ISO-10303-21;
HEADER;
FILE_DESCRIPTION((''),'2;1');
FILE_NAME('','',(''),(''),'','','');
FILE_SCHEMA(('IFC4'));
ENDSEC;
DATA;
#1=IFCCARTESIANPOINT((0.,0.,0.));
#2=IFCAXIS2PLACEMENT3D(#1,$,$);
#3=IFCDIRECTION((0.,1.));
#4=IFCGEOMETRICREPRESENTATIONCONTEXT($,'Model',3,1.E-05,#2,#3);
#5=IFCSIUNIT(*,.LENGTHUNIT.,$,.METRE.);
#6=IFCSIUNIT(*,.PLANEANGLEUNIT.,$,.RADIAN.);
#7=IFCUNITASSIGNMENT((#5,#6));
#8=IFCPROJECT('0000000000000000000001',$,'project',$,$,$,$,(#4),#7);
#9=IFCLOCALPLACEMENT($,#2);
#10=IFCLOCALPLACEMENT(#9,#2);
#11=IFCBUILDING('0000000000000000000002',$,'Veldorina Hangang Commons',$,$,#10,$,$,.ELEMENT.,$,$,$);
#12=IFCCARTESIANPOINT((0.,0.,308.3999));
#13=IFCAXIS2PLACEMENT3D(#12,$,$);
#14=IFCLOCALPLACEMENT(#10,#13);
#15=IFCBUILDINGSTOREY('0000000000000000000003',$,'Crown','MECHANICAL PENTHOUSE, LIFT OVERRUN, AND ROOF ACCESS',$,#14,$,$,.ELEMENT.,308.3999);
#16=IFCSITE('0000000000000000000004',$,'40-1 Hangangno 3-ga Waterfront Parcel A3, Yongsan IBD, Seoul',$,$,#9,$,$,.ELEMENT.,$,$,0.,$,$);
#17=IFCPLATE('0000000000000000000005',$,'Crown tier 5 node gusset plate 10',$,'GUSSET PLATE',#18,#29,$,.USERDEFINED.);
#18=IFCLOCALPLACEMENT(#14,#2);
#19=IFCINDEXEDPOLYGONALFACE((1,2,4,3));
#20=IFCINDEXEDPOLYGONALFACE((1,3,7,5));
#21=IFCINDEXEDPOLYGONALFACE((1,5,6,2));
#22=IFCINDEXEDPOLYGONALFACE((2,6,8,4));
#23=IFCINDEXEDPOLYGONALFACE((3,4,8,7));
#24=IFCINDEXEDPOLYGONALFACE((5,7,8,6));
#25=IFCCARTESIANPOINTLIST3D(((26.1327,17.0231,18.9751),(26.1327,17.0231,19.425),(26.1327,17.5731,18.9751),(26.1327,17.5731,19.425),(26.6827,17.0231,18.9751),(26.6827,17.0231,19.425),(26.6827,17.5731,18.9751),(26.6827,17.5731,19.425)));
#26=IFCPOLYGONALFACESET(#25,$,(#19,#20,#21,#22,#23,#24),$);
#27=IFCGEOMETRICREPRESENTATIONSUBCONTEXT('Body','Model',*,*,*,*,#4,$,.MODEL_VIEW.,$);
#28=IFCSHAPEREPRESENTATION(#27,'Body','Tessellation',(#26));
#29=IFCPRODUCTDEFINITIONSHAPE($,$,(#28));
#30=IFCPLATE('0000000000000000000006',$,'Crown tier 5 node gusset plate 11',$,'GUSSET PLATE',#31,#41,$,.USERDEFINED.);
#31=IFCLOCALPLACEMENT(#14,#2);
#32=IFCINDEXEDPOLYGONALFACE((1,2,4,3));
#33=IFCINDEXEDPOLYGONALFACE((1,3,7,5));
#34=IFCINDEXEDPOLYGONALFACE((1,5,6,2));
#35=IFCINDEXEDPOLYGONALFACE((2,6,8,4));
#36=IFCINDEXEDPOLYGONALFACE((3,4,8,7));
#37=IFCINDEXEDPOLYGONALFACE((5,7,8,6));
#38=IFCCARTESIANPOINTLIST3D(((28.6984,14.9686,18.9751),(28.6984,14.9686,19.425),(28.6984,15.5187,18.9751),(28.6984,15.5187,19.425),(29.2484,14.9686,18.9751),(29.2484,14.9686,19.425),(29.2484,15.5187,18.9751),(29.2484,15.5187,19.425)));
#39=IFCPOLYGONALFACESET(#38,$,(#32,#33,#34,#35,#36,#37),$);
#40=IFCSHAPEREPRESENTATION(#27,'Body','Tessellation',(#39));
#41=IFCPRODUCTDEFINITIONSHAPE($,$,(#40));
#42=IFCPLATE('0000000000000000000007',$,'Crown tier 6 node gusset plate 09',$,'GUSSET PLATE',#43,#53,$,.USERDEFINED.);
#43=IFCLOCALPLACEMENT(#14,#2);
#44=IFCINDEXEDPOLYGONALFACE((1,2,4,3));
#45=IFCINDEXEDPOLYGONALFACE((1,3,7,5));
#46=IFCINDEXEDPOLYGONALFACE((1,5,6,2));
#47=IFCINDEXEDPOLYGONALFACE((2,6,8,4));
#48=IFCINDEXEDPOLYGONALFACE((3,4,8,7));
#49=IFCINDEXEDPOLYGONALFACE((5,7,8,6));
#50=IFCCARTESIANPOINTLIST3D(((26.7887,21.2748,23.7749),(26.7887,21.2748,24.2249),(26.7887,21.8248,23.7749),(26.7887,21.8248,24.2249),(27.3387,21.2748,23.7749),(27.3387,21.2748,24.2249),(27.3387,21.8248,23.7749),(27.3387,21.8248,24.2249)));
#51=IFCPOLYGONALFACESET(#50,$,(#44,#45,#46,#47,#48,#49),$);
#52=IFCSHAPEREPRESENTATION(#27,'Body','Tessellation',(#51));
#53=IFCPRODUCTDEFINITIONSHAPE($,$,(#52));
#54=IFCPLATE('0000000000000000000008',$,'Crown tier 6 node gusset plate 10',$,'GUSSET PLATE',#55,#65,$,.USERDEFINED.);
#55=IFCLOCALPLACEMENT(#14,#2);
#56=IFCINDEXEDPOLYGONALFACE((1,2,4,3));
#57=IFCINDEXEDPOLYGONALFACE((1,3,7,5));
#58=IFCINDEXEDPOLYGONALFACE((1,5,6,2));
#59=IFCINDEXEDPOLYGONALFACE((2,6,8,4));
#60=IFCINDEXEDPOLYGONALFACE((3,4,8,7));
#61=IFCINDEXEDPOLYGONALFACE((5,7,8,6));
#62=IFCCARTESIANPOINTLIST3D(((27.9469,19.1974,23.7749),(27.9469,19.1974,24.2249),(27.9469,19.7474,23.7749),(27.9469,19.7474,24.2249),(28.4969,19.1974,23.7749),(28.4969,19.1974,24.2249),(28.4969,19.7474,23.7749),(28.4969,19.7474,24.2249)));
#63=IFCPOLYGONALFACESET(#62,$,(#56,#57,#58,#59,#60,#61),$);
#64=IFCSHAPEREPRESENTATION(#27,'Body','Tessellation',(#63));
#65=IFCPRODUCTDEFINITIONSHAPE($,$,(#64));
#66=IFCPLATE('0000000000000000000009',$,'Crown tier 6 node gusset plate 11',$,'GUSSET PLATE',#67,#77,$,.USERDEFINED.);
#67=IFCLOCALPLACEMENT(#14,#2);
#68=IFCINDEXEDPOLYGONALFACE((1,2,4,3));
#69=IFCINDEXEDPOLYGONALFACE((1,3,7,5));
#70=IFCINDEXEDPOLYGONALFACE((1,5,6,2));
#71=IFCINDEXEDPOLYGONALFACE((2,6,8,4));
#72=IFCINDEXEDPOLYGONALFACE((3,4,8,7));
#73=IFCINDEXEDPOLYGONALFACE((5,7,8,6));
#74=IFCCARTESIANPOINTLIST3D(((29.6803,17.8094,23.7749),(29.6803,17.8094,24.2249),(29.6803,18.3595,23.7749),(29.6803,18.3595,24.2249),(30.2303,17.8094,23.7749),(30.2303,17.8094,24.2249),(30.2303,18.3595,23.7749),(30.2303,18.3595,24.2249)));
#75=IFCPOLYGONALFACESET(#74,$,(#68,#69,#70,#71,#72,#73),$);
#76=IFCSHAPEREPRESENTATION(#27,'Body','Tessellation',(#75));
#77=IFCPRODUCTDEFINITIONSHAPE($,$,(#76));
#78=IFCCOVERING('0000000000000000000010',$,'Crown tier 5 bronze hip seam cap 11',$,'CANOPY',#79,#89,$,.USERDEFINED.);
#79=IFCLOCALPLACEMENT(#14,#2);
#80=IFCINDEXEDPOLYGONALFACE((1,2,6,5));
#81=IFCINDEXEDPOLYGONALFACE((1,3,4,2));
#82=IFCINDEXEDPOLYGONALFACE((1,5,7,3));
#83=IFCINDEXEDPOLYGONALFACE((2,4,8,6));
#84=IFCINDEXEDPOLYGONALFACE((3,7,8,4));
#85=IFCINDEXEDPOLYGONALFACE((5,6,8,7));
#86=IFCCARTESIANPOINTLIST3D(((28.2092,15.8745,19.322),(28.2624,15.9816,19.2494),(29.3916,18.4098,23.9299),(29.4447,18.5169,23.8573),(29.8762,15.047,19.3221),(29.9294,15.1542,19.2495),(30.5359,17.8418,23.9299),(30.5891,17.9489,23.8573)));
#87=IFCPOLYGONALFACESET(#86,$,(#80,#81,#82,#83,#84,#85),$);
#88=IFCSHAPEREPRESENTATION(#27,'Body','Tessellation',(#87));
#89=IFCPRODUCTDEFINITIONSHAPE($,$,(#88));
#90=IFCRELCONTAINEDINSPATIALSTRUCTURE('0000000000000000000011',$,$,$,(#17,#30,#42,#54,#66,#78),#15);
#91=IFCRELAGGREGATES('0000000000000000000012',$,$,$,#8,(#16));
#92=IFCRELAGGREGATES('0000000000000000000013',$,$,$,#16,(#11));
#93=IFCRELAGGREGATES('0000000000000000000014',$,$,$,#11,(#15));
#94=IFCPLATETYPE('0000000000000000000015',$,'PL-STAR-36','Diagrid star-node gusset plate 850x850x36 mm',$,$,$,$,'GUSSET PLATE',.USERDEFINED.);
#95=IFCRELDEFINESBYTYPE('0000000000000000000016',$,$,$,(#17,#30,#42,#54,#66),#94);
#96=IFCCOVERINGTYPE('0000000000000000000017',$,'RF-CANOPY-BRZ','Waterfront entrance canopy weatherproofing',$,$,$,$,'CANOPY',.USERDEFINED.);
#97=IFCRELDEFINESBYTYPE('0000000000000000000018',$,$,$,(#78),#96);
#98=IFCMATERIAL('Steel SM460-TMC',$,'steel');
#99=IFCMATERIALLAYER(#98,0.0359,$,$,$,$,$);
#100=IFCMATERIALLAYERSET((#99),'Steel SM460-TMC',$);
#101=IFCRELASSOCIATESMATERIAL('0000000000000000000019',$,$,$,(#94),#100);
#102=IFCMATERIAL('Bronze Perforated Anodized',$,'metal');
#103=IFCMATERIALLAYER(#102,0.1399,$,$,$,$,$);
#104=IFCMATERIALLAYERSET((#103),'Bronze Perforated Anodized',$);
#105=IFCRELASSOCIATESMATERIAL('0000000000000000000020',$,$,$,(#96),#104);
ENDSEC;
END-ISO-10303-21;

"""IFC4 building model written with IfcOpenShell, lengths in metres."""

from ifc_helpers import new_model, si_unit, direction, frame, origin, origin_2d, place, context, subcontext, project, spatial, polyline, rectangle, outline, extrude, material, layer, layer_set, type_object, element, save


model = new_model("IFC4")

# Units and contexts
model_context = context("Model", 3, precision=1e-05, world=origin(), true_north=direction((0.0, 1.0)))
body_context = subcontext(model_context, "Body", "Model", "MODEL_VIEW")
ifc_project = project(units=[si_unit("LENGTHUNIT", "METRE"), si_unit("PLANEANGLEUNIT", "RADIAN")], contexts=[model_context])

# Site, building, storey
site_placement = place(None, origin())
site = spatial("IfcSite", under=ifc_project, at=site_placement, Name="40-1 Hangangno 3-ga Waterfront Parcel A3, Yongsan IBD, Seoul", CompositionType="ELEMENT", RefElevation=0.0)
building_placement = place(site_placement, origin())
building = spatial("IfcBuilding", under=site, at=building_placement, Name="Veldorina Hangang Commons", CompositionType="ELEMENT")
storey_placement = place(building_placement, frame((0.0, 0.0, 308.3999)))
storey = spatial("IfcBuildingStorey", under=building, at=storey_placement, Name="Crown", Description="MECHANICAL PENTHOUSE, LIFT OVERRUN, AND ROOF ACCESS", CompositionType="ELEMENT", Elevation=308.3999)

# Shared definitions
ifc_material_1 = material(Name="Steel SM460-TMC", Category="steel")

# Plates
ifc_layer_1 = layer(ifc_material_1, 0.0359)
ifc_layer_set_1 = layer_set([ifc_layer_1], Name="Steel SM460-TMC")
plate_type_1 = type_object("IfcPlateType", Name="PL-STAR-36", Description="Diagrid star-node gusset plate 850x850x36 mm", ElementType="GUSSET PLATE", PredefinedType="USERDEFINED", material=ifc_layer_set_1)
for number, where, z_axis, x_axis, name in (
    (1, (26.4077, 17.2981, 18.9751), (0.0, 0.0, 1.0), (1.0, 0.0, 0.0), "Crown tier 5 node gusset plate 10"),
    (2, (28.9734, 15.2437, 18.9751), (0.0, 0.0, 1.0), (1.0, 0.0, 0.0), "Crown tier 5 node gusset plate 11"),
    (3, (27.0637, 21.5498, 23.7749), (0.0, 0.0, 1.0), (1.0, 0.0, 0.0), "Crown tier 6 node gusset plate 09"),
    (4, (28.2219, 19.4724, 23.7749), (0.0, 0.0, 1.0), (1.0, 0.0, 0.0), "Crown tier 6 node gusset plate 10"),
    (5, (29.9553, 18.0845, 23.7749), (0.0, 0.0, 1.0), (1.0, 0.0, 0.0), "Crown tier 6 node gusset plate 11"),
):
    element("IfcPlate", number, at=place(storey_placement, frame(where, z_axis=z_axis, x_axis=x_axis)), inside=storey, type_object=plate_type_1, Name=name, ObjectType="GUSSET PLATE", PredefinedType="USERDEFINED", context=body_context, shape_type="SweptSolid", body=[
        extrude(rectangle(XDim=0.55, YDim=0.55, at=origin_2d()), origin(), (0.0, 0.0, 1.0), 0.45),
    ])

# Covering
ifc_material_2 = material(Name="Bronze Perforated Anodized", Category="metal")
ifc_layer_2 = layer(ifc_material_2, 0.1399)
ifc_layer_set_2 = layer_set([ifc_layer_2], Name="Bronze Perforated Anodized")
covering_type = type_object("IfcCoveringType", Name="RF-CANOPY-BRZ", Description="Waterfront entrance canopy weatherproofing", ElementType="CANOPY", PredefinedType="USERDEFINED", material=ifc_layer_set_2)
covering_placement = place(storey_placement, frame((28.2092, 15.8745, 19.322), z_axis=(-0.380101, -0.765722, 0.518838), x_axis=(0.89572, -0.444618, 0.00002)))
element("IfcCovering", 6, at=covering_placement, inside=storey, type_object=covering_type, Name="Crown tier 5 bronze hip seam cap 11", ObjectType="CANOPY", PredefinedType="USERDEFINED", context=body_context, shape_type="SweptSolid", body=[
    extrude(outline(polyline([(0.0, 0.0), (1.8611, 0.0), (1.2095, 5.3901), (-0.0681, 5.3901), (0.0, 0.0)])), origin(), (0.0, 0.0, -1.0), 0.1399),
])

save(model, "model.ifc")
